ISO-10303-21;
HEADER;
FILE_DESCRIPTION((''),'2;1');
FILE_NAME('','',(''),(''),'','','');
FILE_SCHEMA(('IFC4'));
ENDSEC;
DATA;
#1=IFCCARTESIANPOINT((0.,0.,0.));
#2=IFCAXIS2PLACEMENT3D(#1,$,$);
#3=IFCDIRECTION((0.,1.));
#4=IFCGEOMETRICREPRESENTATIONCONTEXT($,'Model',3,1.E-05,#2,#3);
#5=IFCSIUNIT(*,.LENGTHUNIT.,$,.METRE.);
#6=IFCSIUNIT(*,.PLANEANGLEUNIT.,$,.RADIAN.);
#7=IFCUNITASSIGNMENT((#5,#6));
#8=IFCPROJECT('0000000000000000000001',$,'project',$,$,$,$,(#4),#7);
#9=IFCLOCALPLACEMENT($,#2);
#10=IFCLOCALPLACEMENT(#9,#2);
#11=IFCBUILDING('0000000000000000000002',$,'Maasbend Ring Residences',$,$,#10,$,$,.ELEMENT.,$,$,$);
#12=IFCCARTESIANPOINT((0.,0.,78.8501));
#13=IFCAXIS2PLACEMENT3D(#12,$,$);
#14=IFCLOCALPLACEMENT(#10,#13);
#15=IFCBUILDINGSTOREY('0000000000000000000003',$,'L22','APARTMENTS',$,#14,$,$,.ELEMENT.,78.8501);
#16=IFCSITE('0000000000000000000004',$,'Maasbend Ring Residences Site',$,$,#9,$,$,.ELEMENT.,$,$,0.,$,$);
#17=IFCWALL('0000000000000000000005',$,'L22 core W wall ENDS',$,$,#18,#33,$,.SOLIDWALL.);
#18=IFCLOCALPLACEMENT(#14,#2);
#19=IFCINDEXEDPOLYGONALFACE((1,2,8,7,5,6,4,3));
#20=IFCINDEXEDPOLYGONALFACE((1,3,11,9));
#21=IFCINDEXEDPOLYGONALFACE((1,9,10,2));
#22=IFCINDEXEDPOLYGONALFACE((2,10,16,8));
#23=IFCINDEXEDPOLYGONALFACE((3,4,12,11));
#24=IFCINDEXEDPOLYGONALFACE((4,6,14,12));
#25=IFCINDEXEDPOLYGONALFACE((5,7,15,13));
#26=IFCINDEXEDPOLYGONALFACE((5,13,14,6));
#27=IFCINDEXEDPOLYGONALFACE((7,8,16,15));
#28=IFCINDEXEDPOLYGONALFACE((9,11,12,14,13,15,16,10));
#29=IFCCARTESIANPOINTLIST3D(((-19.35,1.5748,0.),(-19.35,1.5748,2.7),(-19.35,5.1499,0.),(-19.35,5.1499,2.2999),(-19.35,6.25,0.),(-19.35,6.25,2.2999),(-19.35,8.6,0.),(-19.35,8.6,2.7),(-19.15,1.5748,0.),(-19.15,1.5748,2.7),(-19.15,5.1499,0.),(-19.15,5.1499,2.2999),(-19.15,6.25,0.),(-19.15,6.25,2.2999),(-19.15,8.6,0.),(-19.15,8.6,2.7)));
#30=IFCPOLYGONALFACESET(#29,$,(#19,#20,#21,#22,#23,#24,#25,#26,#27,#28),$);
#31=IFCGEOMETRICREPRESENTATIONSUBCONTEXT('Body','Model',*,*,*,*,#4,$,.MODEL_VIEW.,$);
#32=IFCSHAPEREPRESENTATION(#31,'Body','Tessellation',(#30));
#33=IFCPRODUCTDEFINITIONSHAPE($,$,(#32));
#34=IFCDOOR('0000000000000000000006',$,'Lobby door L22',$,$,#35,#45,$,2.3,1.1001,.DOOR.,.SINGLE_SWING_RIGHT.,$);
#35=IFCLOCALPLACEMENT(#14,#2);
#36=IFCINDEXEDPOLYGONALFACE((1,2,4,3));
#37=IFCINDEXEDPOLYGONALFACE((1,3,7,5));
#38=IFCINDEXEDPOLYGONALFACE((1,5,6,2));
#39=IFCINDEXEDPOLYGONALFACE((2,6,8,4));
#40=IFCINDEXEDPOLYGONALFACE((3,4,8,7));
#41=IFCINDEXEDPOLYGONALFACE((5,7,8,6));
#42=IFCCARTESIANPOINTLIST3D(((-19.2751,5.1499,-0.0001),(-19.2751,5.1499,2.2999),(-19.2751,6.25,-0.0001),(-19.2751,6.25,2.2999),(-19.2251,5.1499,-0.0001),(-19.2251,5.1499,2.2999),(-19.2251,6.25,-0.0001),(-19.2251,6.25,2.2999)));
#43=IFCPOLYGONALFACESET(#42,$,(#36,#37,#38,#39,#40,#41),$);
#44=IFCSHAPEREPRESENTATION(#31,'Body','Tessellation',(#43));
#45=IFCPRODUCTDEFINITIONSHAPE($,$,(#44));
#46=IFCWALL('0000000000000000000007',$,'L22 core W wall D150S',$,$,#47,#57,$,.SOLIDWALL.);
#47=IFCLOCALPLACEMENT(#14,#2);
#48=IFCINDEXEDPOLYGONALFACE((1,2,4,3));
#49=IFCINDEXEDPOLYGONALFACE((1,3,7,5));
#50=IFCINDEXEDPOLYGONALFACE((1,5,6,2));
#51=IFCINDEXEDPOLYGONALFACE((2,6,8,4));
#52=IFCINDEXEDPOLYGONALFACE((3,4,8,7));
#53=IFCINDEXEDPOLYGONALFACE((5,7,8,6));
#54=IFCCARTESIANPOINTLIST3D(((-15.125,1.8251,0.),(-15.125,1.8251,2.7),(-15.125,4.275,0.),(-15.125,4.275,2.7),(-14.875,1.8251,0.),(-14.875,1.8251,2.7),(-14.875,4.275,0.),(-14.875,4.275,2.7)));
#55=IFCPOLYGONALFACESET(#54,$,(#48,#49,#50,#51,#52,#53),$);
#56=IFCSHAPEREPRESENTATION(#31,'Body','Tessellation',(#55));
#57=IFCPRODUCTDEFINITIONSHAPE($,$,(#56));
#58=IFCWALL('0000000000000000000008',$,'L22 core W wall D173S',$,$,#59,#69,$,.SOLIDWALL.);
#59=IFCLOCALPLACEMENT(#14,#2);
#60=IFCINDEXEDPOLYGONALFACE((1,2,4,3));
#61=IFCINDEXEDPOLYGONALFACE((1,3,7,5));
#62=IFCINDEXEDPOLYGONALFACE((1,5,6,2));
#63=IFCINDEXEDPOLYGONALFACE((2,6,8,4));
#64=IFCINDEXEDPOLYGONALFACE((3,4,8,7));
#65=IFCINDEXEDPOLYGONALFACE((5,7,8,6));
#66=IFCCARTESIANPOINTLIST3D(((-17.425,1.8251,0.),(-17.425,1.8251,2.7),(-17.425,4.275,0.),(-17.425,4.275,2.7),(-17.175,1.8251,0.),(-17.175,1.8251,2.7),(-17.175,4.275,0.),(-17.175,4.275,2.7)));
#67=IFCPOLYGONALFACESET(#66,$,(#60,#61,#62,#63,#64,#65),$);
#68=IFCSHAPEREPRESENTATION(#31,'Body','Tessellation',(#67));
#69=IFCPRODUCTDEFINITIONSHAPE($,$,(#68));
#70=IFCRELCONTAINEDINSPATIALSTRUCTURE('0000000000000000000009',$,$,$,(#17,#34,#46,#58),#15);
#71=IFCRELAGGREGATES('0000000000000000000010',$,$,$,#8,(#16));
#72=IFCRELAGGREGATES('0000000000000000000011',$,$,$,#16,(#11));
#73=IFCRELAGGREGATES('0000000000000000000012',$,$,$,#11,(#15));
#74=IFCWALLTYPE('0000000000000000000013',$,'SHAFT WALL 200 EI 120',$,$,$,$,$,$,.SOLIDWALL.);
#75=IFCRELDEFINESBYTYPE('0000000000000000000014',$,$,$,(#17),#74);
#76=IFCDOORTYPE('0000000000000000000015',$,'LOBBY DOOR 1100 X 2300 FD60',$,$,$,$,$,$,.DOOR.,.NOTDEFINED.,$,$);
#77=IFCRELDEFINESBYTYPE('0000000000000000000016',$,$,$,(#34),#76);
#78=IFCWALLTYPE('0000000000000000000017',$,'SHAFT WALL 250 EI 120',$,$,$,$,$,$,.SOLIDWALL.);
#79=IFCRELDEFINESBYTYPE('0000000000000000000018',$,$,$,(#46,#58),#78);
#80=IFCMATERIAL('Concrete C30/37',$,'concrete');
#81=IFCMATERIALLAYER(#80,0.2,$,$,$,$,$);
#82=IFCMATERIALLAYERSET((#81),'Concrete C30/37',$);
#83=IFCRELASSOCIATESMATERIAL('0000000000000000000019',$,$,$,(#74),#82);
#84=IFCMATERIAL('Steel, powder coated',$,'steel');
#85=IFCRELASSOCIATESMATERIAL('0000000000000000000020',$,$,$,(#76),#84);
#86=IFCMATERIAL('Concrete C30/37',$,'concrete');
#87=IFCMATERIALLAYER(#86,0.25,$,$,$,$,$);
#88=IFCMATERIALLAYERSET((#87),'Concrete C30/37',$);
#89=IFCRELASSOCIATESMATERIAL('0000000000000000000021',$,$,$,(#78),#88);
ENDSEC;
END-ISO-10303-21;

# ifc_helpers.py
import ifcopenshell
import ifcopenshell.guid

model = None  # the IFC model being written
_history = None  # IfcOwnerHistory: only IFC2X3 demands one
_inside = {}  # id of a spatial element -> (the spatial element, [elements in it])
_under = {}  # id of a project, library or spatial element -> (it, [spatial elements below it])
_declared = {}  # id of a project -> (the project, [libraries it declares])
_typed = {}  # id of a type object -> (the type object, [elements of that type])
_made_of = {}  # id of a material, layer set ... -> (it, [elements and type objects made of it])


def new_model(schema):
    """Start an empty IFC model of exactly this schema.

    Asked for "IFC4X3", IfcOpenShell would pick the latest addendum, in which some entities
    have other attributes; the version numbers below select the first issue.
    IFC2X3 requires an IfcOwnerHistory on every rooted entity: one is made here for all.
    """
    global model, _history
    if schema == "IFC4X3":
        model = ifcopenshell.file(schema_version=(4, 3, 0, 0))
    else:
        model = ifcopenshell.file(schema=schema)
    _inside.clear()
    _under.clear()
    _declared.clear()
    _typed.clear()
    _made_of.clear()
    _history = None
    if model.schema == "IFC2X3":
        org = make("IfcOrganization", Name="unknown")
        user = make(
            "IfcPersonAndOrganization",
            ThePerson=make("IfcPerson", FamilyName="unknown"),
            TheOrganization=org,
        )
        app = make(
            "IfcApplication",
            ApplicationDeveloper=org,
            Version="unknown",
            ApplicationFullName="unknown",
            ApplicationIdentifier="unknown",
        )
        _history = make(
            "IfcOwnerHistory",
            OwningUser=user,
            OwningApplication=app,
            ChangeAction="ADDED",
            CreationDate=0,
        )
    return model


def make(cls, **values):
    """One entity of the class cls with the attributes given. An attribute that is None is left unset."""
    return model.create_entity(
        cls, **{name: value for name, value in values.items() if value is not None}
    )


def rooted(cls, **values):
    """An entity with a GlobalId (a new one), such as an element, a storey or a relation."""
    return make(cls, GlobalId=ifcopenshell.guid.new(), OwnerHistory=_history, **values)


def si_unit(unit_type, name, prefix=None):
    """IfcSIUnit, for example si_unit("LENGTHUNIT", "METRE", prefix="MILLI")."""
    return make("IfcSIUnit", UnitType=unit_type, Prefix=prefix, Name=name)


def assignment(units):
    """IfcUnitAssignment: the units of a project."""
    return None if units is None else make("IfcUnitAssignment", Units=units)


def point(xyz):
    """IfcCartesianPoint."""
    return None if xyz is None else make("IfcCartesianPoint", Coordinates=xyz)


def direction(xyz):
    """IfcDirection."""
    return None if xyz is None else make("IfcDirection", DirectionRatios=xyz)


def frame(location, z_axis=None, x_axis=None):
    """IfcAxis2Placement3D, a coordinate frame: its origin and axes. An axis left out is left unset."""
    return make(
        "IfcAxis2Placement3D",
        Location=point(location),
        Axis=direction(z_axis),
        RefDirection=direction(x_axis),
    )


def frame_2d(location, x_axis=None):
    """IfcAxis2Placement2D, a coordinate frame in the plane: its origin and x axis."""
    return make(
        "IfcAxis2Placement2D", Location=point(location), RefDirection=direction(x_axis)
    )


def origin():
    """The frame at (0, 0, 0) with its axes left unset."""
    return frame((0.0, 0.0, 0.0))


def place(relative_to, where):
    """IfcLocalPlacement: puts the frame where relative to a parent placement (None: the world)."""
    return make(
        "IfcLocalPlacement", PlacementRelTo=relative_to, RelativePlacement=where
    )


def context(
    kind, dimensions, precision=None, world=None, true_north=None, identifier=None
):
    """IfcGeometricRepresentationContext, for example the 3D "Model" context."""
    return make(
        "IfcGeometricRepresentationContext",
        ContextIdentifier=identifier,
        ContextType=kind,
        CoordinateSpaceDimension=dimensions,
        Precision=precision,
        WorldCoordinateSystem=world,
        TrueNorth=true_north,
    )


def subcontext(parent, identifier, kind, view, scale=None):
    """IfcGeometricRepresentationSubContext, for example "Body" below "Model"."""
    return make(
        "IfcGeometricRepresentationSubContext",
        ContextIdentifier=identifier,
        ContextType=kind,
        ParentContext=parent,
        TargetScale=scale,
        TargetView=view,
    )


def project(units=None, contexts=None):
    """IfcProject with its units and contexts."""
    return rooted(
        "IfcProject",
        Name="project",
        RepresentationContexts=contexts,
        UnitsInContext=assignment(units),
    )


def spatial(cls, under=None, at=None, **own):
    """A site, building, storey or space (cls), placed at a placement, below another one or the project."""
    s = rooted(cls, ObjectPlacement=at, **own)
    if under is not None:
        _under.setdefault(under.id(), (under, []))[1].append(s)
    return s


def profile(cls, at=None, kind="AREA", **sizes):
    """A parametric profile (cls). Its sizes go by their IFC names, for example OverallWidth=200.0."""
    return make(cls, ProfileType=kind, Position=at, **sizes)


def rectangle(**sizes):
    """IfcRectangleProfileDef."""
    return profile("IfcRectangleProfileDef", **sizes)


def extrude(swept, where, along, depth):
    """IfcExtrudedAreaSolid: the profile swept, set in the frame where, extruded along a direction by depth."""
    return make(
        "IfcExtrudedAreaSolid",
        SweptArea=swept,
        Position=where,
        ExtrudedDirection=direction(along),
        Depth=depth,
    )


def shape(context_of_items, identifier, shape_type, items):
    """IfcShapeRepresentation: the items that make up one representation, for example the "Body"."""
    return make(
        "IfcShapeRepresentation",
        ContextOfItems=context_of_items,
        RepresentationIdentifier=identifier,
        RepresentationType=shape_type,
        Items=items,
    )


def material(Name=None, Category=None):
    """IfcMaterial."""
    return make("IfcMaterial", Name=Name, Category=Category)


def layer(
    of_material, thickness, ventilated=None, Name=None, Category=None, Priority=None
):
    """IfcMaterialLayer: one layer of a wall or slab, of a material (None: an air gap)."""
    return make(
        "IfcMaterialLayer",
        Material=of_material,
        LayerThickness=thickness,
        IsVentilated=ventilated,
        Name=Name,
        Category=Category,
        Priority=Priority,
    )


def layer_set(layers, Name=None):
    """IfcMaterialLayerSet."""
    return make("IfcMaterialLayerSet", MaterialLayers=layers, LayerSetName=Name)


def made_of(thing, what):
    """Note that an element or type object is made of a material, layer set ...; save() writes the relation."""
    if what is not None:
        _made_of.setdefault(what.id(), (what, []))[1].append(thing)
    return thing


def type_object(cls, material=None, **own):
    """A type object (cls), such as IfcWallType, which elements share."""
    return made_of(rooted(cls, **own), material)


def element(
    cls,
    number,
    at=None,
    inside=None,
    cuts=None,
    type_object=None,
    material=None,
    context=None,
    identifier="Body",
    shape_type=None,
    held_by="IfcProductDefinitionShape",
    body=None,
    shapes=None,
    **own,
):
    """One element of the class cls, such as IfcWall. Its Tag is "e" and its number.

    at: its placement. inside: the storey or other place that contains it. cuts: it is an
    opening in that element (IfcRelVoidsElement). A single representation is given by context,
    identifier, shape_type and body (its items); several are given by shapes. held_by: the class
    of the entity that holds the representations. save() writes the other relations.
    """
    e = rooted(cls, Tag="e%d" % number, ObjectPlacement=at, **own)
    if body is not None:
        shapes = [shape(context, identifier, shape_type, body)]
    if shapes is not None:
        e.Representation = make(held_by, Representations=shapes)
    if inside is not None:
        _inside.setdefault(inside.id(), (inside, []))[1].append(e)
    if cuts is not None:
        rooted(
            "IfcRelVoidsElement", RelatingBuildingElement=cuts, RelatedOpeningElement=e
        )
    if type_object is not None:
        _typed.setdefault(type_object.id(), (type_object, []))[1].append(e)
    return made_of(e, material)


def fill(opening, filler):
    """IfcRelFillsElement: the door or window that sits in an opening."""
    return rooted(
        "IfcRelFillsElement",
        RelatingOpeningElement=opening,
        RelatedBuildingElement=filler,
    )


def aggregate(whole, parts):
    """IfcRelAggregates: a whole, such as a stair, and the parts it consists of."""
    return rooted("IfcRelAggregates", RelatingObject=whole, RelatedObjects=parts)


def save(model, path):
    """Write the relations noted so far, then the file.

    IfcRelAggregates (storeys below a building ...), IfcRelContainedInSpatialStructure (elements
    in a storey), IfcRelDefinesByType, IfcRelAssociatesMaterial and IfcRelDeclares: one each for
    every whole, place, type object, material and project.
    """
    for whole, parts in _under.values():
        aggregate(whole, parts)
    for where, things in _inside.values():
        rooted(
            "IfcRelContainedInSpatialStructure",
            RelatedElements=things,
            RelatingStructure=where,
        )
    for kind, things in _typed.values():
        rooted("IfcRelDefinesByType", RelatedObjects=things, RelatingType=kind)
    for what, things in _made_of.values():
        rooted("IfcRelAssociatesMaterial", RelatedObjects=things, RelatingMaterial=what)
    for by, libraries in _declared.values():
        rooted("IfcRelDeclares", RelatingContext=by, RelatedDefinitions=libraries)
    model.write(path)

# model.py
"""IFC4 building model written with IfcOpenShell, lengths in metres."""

from ifc_helpers import new_model, si_unit, direction, frame, frame_2d, origin, place, context, subcontext, project, spatial, rectangle, extrude, material, layer, layer_set, type_object, element, fill, save


model = new_model("IFC4")

# Units and contexts
model_context = context("Model", 3, precision=1e-05, world=origin(), true_north=direction((0.0, 1.0)))
body_context = subcontext(model_context, "Body", "Model", "MODEL_VIEW")
ifc_project = project(units=[si_unit("LENGTHUNIT", "METRE"), si_unit("PLANEANGLEUNIT", "RADIAN")], contexts=[model_context])

# Site, building, storey
site_placement = place(None, origin())
site = spatial("IfcSite", under=ifc_project, at=site_placement, Name="Maasbend Ring Residences Site", CompositionType="ELEMENT", RefElevation=0.0)
building_placement = place(site_placement, origin())
building = spatial("IfcBuilding", under=site, at=building_placement, Name="Maasbend Ring Residences", CompositionType="ELEMENT")
storey_placement = place(building_placement, frame((0.0, 0.0, 78.8501)))
storey = spatial("IfcBuildingStorey", under=building, at=storey_placement, Name="L22", Description="APARTMENTS", CompositionType="ELEMENT", Elevation=78.8501)

# Wall, opening, door
ifc_material_1 = material(Name="Concrete C30/37", Category="concrete")
ifc_layer_1 = layer(ifc_material_1, 0.2)
ifc_layer_set_1 = layer_set([ifc_layer_1], Name="Concrete C30/37")
wall_type_1 = type_object("IfcWallType", Name="SHAFT WALL 200 EI 120", PredefinedType="SOLIDWALL", material=ifc_layer_set_1)
wall_1_placement = place(storey_placement, frame((-19.25, 8.6001, 0.0), z_axis=(0.0, 0.0, 1.0), x_axis=(0.0, -1.0, 0.0)))
wall_1 = element("IfcWall", 1, at=wall_1_placement, inside=storey, type_object=wall_type_1, Name="L22 core W wall ENDS", PredefinedType="SOLIDWALL", context=body_context, shape_type="SweptSolid", body=[
    extrude(rectangle(XDim=7.0251, YDim=0.2, at=frame_2d((3.5127, 0.0))), origin(), (0.0, 0.0, 1.0), 2.7),
])
opening_1_placement = place(wall_1_placement, frame((2.3501, 0.0, 0.0)))
opening_1 = element("IfcOpeningElement", 2, at=opening_1_placement, cuts=wall_1, PredefinedType="OPENING", context=body_context, shape_type="SweptSolid", body=[
    extrude(rectangle(XDim=1.1001, YDim=2.3, at=frame_2d((0.55, 1.1499))), frame((0.0, 0.1099, 0.0), z_axis=(0.0, -1.0, 0.0), x_axis=(1.0, 0.0, 0.0)), (0.0, 0.0, 1.0), 0.22),
])
ifc_material_2 = material(Name="Steel, powder coated", Category="steel")
door_type_1 = type_object("IfcDoorType", Name="LOBBY DOOR 1100 X 2300 FD60", OperationType="NOTDEFINED", PredefinedType="DOOR", material=ifc_material_2)
door_1_placement = place(opening_1_placement, origin())
door_1 = element("IfcDoor", 3, at=door_1_placement, inside=storey, type_object=door_type_1, Name="Lobby door L22", OperationType="SINGLE_SWING_RIGHT", OverallHeight=2.3, OverallWidth=1.1001, PredefinedType="DOOR", context=body_context, shape_type="SweptSolid", body=[
    extrude(rectangle(XDim=1.1001, YDim=2.3, at=frame_2d((0.55, 1.1499))), frame((0.0, 0.0249, 0.0), z_axis=(0.0, -1.0, 0.0), x_axis=(1.0, 0.0, 0.0)), (0.0, 0.0, 1.0), 0.05),
])
fill(opening_1, door_1)

# Walls
ifc_material_3 = material(Name="Concrete C30/37", Category="concrete")
ifc_layer_2 = layer(ifc_material_3, 0.25)
ifc_layer_set_2 = layer_set([ifc_layer_2], Name="Concrete C30/37")
wall_type_2 = type_object("IfcWallType", Name="SHAFT WALL 250 EI 120", PredefinedType="SOLIDWALL", material=ifc_layer_set_2)
for number, where, z_axis, x_axis, name in (
    (4, (-15.0, 1.825, 0.0), (0.0, 0.0, 1.0), (0.0, 1.0, 0.0), "L22 core W wall D150S"),
    (5, (-17.3, 1.825, 0.0), (0.0, 0.0, 1.0), (0.0, 1.0, 0.0), "L22 core W wall D173S"),
):
    element("IfcWall", number, at=place(storey_placement, frame(where, z_axis=z_axis, x_axis=x_axis)), inside=storey, type_object=wall_type_2, Name=name, PredefinedType="SOLIDWALL", context=body_context, shape_type="SweptSolid", body=[
        extrude(rectangle(XDim=2.45, YDim=0.25, at=frame_2d((1.2251, 0.0))), origin(), (0.0, 0.0, 1.0), 2.7),
    ])

save(model, "model.ifc")
